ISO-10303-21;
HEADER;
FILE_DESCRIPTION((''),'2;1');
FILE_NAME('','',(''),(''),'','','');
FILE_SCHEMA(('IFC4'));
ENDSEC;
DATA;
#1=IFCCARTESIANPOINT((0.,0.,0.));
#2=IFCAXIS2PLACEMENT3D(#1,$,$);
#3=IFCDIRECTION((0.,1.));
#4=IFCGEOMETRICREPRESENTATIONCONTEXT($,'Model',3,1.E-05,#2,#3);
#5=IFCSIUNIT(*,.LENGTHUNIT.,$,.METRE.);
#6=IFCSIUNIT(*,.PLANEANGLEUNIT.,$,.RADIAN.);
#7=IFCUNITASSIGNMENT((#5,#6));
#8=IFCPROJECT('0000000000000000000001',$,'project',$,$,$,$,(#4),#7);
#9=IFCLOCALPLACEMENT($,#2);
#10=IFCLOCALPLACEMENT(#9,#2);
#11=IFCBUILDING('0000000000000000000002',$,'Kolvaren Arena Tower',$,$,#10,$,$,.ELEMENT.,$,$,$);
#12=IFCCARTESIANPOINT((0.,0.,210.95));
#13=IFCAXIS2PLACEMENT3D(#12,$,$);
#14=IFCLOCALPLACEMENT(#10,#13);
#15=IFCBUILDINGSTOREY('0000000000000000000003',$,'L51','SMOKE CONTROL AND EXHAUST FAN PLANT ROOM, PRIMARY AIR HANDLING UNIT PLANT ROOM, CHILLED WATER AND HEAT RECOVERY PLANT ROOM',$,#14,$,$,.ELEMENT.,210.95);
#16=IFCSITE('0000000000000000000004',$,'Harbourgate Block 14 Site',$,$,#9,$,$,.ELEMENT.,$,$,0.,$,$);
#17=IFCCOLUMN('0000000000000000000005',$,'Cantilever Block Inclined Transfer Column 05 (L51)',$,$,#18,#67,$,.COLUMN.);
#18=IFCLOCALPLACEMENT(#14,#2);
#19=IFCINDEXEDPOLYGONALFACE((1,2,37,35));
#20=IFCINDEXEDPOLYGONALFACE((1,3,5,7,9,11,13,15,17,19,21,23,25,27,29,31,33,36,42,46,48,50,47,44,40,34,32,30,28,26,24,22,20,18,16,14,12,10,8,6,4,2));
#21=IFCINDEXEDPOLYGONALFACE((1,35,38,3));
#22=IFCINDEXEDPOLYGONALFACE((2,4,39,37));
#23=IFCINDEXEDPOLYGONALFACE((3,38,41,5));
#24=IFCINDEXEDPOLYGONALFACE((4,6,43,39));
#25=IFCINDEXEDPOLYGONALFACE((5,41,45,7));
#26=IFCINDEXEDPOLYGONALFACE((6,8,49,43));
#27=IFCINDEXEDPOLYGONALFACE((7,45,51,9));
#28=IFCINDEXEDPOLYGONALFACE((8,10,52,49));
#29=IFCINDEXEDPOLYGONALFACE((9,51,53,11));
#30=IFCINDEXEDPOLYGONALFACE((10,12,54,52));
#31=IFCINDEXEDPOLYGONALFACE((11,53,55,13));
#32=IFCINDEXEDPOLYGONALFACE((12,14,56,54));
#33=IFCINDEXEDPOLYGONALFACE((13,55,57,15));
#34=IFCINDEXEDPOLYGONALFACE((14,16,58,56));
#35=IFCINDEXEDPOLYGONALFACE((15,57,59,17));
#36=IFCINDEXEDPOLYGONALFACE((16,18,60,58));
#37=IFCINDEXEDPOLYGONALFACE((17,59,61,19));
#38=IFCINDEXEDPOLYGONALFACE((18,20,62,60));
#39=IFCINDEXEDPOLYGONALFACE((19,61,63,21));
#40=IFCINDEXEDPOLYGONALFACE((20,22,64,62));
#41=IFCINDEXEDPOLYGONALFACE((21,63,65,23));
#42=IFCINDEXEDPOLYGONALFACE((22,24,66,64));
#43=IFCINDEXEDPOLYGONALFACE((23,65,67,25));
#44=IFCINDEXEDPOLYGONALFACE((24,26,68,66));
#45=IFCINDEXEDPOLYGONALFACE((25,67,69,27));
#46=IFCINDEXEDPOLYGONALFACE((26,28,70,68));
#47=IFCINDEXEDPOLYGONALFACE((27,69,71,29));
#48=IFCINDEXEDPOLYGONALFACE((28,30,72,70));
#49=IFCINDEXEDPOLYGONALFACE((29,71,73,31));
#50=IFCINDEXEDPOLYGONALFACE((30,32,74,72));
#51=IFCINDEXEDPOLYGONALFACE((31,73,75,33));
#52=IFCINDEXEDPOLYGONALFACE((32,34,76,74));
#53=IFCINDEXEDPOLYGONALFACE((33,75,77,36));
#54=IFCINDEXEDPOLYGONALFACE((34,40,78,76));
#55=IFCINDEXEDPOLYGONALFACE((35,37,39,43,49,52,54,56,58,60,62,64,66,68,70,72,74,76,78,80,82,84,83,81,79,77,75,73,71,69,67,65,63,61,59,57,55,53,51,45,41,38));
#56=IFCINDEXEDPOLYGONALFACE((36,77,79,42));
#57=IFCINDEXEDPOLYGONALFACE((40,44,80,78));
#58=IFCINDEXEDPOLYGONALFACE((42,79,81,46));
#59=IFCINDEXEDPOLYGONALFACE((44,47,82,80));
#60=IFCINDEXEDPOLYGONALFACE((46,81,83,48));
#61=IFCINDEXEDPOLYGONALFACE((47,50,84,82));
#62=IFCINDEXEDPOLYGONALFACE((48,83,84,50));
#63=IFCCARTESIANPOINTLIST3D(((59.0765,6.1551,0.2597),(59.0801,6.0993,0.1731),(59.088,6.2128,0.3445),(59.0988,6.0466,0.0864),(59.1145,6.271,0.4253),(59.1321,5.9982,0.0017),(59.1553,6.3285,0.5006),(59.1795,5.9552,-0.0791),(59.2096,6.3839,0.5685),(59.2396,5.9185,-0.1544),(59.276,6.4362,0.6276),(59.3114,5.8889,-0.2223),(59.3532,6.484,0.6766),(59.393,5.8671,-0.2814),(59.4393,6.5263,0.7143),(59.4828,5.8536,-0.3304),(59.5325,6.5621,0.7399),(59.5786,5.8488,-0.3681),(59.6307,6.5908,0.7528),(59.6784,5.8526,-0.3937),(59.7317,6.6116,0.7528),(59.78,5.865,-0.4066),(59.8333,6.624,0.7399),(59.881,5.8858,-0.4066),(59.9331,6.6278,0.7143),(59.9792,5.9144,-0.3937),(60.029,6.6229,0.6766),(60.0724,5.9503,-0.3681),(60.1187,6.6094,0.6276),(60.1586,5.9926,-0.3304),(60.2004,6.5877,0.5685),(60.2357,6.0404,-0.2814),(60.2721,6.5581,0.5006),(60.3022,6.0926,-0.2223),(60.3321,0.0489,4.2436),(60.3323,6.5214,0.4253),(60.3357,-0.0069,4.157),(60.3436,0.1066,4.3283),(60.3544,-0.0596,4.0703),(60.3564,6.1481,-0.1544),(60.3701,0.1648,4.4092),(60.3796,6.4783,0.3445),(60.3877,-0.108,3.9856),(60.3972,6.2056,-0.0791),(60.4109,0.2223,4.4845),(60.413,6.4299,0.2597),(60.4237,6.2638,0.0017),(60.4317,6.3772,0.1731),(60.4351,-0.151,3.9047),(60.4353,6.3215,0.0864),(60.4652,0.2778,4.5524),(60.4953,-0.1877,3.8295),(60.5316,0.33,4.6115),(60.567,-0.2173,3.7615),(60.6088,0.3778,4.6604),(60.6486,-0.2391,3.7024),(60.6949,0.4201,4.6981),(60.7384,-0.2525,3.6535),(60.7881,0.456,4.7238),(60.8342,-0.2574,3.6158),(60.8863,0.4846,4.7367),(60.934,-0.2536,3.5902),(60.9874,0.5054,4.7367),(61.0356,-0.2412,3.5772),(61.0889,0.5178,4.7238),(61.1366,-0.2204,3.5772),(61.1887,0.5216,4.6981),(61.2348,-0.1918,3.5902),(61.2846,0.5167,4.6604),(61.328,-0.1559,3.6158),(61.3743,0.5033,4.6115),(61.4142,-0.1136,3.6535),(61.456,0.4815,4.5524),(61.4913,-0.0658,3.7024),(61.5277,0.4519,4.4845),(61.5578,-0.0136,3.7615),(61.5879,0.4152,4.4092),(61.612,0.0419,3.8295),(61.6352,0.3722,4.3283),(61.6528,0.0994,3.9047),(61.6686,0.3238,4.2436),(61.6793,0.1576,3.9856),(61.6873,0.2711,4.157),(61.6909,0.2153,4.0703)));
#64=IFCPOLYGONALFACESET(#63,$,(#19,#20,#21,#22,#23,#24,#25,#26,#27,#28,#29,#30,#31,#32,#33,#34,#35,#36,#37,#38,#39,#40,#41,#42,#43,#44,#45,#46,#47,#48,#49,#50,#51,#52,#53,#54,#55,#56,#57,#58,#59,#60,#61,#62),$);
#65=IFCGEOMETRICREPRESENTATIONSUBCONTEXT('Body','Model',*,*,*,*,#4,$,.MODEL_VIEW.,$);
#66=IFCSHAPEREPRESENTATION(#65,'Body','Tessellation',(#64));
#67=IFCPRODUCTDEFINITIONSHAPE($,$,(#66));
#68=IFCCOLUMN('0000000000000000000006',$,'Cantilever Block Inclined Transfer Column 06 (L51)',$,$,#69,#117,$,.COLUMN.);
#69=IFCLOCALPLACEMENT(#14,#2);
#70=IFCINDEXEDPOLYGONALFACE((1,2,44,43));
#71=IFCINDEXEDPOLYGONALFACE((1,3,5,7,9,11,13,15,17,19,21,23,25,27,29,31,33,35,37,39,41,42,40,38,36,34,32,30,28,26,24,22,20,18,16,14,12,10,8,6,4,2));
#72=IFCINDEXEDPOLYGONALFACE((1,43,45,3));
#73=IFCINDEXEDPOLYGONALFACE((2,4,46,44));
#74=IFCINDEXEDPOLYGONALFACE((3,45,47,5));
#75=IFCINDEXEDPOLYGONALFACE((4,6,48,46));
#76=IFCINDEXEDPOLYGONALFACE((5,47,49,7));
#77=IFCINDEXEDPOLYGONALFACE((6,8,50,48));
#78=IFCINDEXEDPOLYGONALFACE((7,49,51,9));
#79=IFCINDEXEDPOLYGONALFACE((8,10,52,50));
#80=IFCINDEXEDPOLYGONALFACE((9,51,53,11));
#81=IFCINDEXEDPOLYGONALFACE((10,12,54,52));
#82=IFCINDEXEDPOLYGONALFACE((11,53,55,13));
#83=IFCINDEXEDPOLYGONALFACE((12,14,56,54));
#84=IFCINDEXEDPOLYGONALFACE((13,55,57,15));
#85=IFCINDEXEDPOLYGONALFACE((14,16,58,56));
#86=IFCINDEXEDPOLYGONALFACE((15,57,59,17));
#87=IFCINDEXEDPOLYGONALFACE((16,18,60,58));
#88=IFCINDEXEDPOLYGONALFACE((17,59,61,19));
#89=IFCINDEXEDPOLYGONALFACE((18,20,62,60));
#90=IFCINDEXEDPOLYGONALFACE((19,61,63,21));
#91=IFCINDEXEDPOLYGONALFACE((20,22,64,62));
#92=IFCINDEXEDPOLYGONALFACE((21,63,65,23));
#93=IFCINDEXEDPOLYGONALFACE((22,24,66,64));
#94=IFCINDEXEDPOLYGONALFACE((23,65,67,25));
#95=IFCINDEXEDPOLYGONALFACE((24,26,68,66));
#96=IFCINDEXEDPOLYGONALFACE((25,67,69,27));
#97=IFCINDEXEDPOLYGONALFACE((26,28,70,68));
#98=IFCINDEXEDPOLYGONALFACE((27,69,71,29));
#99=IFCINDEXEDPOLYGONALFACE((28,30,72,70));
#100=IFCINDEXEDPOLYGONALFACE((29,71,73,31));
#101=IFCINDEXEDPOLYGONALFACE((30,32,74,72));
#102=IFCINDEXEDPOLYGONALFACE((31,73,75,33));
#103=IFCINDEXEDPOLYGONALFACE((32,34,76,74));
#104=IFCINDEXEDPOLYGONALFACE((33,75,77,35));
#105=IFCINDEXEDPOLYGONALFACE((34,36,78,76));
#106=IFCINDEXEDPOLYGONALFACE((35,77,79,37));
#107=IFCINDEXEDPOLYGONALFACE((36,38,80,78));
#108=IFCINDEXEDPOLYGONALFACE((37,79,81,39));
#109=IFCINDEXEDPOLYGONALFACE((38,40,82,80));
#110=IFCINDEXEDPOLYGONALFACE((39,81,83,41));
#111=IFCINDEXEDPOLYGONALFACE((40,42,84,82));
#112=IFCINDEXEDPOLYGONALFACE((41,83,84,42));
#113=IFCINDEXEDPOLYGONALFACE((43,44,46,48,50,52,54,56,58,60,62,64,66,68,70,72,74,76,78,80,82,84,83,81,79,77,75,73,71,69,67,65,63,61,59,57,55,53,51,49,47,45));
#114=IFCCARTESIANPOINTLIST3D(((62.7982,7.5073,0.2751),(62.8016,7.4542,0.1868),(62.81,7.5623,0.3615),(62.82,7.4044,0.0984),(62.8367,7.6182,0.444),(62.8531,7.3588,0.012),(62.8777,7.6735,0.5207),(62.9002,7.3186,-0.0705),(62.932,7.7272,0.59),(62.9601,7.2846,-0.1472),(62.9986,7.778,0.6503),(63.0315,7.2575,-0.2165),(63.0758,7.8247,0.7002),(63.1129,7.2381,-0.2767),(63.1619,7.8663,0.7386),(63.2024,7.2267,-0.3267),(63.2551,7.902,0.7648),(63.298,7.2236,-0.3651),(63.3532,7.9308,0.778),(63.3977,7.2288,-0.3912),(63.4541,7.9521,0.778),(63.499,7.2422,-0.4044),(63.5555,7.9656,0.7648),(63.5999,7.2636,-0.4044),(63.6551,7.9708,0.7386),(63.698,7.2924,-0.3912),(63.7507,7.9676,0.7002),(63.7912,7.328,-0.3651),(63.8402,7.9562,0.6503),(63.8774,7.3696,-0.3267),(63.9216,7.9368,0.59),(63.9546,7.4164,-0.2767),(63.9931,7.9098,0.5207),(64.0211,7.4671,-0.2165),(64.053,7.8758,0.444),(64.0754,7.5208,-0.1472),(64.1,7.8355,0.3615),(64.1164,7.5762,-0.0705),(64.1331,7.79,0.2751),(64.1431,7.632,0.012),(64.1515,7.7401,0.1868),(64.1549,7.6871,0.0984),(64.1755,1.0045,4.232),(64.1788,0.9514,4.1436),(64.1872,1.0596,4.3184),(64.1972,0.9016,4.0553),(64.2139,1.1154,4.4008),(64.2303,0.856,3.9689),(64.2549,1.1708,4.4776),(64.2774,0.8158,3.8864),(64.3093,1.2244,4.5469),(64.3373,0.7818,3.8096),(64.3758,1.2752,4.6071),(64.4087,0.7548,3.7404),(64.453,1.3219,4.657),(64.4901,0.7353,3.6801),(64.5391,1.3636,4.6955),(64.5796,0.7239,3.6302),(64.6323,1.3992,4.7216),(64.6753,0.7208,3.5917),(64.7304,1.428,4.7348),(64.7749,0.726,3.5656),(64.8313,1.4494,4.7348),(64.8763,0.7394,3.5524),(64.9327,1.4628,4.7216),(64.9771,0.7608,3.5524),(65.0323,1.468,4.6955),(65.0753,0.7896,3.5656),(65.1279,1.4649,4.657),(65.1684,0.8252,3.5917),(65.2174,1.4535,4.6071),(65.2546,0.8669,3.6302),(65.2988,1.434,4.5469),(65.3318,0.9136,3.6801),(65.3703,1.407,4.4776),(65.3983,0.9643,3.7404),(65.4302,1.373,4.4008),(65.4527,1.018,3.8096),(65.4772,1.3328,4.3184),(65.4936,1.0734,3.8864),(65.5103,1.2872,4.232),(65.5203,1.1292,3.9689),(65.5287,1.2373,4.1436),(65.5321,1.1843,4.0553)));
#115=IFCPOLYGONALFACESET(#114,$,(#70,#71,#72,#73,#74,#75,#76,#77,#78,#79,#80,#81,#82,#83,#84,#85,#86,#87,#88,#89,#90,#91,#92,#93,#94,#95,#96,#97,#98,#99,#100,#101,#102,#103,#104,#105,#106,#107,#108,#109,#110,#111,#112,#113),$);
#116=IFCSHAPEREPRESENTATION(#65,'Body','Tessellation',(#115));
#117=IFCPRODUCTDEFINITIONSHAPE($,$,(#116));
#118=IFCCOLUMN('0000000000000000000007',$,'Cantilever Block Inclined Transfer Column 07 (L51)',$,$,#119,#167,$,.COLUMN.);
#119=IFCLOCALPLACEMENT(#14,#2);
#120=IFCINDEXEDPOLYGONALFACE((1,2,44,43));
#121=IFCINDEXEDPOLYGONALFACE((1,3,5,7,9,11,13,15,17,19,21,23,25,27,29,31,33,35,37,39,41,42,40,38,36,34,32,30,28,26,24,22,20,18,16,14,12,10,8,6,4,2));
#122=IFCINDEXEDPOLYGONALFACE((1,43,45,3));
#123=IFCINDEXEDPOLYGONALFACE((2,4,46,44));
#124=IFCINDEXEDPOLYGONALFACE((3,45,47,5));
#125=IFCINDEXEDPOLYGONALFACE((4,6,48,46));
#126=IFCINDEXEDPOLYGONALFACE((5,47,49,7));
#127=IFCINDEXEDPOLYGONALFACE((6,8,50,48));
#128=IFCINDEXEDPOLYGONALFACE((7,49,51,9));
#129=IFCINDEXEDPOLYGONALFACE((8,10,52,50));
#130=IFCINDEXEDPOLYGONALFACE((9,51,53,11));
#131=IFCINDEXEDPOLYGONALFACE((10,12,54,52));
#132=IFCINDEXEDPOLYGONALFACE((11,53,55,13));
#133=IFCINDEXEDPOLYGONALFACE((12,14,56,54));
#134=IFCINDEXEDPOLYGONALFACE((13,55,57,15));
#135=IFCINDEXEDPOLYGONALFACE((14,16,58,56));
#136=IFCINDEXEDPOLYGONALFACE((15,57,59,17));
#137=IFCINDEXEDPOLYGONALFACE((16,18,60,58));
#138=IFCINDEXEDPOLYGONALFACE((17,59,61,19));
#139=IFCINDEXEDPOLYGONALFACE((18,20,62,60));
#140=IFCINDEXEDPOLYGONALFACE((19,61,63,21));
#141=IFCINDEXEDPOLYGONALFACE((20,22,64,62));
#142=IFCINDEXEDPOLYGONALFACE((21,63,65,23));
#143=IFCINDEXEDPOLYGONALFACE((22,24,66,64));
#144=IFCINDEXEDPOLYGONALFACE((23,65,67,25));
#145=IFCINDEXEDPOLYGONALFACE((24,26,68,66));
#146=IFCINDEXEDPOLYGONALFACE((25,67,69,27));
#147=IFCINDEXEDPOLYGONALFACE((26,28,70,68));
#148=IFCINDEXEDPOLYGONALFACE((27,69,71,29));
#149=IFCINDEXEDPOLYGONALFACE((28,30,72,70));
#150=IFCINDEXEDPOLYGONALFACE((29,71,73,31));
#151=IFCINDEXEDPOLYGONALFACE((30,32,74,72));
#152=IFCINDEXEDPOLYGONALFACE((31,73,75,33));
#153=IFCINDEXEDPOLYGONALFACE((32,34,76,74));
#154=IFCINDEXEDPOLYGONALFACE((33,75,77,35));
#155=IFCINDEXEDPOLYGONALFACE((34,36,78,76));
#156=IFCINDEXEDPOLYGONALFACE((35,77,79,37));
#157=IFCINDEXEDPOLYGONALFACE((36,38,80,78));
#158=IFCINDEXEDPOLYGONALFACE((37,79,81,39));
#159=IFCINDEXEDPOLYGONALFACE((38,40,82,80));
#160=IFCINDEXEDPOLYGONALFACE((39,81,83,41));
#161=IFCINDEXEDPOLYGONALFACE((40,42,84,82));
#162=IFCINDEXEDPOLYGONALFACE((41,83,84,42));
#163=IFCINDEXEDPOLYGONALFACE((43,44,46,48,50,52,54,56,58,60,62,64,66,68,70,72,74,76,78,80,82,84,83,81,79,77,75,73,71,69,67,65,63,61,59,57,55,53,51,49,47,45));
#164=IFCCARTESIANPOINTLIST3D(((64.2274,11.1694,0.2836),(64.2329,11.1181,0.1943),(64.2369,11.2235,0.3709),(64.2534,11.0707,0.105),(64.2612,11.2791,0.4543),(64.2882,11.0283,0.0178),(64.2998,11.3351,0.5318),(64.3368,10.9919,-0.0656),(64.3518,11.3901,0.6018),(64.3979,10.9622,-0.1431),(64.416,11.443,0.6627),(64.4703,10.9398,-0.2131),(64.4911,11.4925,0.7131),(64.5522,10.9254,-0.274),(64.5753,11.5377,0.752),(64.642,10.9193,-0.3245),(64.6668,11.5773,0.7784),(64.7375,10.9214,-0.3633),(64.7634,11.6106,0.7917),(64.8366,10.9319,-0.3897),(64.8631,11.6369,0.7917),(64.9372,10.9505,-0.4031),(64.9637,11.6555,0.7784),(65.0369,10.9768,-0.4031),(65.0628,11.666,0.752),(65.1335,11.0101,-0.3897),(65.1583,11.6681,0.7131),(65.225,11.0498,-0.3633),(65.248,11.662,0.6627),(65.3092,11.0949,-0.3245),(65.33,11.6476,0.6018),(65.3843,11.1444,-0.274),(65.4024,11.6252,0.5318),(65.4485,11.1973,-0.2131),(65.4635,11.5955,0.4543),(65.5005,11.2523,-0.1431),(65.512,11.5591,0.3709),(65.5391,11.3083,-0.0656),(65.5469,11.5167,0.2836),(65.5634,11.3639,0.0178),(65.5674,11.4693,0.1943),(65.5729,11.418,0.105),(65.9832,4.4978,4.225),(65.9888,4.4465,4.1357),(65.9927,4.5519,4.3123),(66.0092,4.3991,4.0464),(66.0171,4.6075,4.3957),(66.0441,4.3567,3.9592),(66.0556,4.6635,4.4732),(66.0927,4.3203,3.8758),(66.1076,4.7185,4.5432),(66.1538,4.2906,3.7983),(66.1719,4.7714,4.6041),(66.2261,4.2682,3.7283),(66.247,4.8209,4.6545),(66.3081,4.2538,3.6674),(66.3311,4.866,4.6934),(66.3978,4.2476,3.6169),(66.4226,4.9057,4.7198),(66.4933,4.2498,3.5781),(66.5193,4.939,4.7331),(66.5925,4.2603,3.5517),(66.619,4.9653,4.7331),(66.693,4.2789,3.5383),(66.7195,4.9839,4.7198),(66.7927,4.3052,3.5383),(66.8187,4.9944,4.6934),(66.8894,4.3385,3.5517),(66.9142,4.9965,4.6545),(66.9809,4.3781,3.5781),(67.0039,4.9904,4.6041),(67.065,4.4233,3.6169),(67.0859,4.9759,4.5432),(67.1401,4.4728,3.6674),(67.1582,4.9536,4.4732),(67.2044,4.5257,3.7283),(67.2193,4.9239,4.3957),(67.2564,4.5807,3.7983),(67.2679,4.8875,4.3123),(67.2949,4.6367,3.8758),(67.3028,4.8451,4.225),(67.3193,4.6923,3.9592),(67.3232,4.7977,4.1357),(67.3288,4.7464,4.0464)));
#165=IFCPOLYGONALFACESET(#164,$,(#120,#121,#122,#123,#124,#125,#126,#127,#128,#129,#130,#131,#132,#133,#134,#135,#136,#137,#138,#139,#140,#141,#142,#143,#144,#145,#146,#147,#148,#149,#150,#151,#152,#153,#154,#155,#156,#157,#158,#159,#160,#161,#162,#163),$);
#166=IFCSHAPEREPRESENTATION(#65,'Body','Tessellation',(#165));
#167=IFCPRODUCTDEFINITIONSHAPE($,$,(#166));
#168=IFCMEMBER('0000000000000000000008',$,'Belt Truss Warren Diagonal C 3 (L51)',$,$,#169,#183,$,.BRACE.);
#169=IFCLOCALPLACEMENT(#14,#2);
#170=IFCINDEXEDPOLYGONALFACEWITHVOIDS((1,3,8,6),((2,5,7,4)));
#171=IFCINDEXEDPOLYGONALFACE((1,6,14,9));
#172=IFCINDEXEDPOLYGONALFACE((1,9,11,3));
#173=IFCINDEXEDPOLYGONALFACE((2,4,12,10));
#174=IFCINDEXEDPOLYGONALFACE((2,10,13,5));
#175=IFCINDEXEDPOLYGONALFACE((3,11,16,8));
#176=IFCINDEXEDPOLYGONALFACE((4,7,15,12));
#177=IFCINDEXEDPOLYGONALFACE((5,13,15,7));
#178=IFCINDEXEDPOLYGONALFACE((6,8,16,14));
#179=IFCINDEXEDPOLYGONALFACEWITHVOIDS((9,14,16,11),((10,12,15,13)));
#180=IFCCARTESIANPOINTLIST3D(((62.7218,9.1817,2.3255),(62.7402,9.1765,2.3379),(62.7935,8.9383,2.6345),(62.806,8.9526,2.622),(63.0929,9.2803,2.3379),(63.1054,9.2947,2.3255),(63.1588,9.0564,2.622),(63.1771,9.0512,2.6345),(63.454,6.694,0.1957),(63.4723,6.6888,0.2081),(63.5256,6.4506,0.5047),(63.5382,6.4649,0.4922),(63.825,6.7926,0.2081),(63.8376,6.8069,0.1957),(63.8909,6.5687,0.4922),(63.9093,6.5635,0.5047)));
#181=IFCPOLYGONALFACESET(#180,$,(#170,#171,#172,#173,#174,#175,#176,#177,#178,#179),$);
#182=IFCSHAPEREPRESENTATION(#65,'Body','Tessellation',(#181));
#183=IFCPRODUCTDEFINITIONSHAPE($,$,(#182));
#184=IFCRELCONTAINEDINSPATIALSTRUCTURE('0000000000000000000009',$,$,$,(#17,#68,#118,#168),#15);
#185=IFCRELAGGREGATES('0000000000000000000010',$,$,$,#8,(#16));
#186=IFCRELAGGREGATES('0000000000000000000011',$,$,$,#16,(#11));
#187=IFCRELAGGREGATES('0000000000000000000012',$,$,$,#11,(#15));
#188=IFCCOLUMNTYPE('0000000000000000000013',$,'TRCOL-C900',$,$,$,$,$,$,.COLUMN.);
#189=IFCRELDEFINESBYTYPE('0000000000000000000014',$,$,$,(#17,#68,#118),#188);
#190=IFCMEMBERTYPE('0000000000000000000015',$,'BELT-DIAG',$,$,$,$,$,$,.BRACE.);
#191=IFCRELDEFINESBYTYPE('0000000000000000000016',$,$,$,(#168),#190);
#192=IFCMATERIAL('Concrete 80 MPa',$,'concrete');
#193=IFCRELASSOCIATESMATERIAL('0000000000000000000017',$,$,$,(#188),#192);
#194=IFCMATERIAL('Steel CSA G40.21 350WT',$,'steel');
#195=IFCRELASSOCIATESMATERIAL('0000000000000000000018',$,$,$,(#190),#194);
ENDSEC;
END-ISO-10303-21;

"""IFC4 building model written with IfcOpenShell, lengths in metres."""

from ifc_helpers import new_model, si_unit, direction, frame, origin, origin_2d, place, context, subcontext, project, spatial, hollow_rectangle, circle, extrude, material, material_profile, profile_set, type_object, element, save


model = new_model("IFC4")

# Units and contexts
model_context = context("Model", 3, precision=1e-05, world=origin(), true_north=direction((0.0, 1.0)))
body_context = subcontext(model_context, "Body", "Model", "MODEL_VIEW")
ifc_project = project(units=[si_unit("LENGTHUNIT", "METRE"), si_unit("PLANEANGLEUNIT", "RADIAN")], contexts=[model_context])

# Site, building, storey
site_placement = place(None, origin())
site = spatial("IfcSite", under=ifc_project, at=site_placement, Name="Harbourgate Block 14 Site", CompositionType="ELEMENT", RefElevation=0.0)
building_placement = place(site_placement, origin())
building = spatial("IfcBuilding", under=site, at=building_placement, Name="Kolvaren Arena Tower", CompositionType="ELEMENT")
storey_placement = place(building_placement, frame((0.0, 0.0, 210.95)))
storey = spatial("IfcBuildingStorey", under=building, at=storey_placement, Name="L51", Description="SMOKE CONTROL AND EXHAUST FAN PLANT ROOM, PRIMARY AIR HANDLING UNIT PLANT ROOM, CHILLED WATER AND HEAT RECOVERY PLANT ROOM", CompositionType="ELEMENT", Elevation=210.95)

# Columns
ifc_material_1 = material(Name="Concrete 80 MPa", Category="concrete")
ifc_material_profile_1 = material_profile(ifc_material_1, circle(Radius=0.6899, at=origin_2d()), Name="RC-CIRC-1380")
ifc_profile_set_1 = profile_set([ifc_material_profile_1], Name="Concrete 80 MPa")
column_type = type_object("IfcColumnType", Name="TRCOL-C900", PredefinedType="COLUMN", material=ifc_profile_set_1)
column_1_placement = place(storey_placement, frame((59.7559, 6.2383, 0.1731), z_axis=(0.169719, -0.825361, 0.538493), x_axis=(0.979506, 0.201415, 0.0)))
element("IfcColumn", 1, at=column_1_placement, inside=storey, type_object=column_type, Name="Cantilever Block Inclined Transfer Column 05 (L51)", PredefinedType="COLUMN", context=body_context, shape_type="SweptSolid", body=[
    extrude(circle(Radius=0.6899, at=origin_2d()), origin(), (0.0, 0.0, 1.0), 7.3982),
])
column_2_placement = place(storey_placement, frame((63.4766, 7.5972, 0.1868), z_axis=(0.178036, -0.84063, 0.511511), x_axis=(0.9783, 0.207193, 0.0)))
element("IfcColumn", 2, at=column_2_placement, inside=storey, type_object=column_type, Name="Cantilever Block Inclined Transfer Column 06 (L51)", PredefinedType="COLUMN", context=body_context, shape_type="SweptSolid", body=[
    extrude(circle(Radius=0.6899, at=origin_2d()), origin(), (0.0, 0.0, 1.0), 7.7356),
])
column_3_placement = place(storey_placement, frame((64.9001, 11.2937, 0.1943), z_axis=(0.220992, -0.839691, 0.496065), x_axis=(0.967069, 0.254516, 0.0)))
element("IfcColumn", 3, at=column_3_placement, inside=storey, type_object=column_type, Name="Cantilever Block Inclined Transfer Column 07 (L51)", PredefinedType="COLUMN", context=body_context, shape_type="SweptSolid", body=[
    extrude(circle(Radius=0.6899, at=origin_2d()), origin(), (0.0, 0.0, 1.0), 7.9453),
])

# Member
ifc_material_2 = material(Name="Steel CSA G40.21 350WT", Category="steel")
ifc_material_profile_2 = material_profile(ifc_material_2, hollow_rectangle(XDim=0.3999, YDim=0.3999, WallThickness=0.0161, at=origin_2d()), Name="HSS 400x400x16")
ifc_profile_set_2 = profile_set([ifc_material_profile_2], Name="Steel CSA G40.21 350WT")
member_type_1 = type_object("IfcMemberType", Name="BELT-DIAG", PredefinedType="BRACE", material=ifc_profile_set_2)
member_1_placement = place(storey_placement, frame((62.9495, 9.1165, 2.48), z_axis=(0.218181, -0.741334, -0.634681), x_axis=(0.959316, 0.282335, 0.0)))
element("IfcMember", 4, at=member_1_placement, inside=storey, type_object=member_type_1, Name="Belt Truss Warren Diagonal C 3 (L51)", PredefinedType="BRACE", context=body_context, shape_type="SweptSolid", body=[
    extrude(hollow_rectangle(XDim=0.3999, YDim=0.3999, WallThickness=0.0161, at=origin_2d()), origin(), (0.0, 0.0, 1.0), 3.3557),
])

save(model, "model.ifc")
